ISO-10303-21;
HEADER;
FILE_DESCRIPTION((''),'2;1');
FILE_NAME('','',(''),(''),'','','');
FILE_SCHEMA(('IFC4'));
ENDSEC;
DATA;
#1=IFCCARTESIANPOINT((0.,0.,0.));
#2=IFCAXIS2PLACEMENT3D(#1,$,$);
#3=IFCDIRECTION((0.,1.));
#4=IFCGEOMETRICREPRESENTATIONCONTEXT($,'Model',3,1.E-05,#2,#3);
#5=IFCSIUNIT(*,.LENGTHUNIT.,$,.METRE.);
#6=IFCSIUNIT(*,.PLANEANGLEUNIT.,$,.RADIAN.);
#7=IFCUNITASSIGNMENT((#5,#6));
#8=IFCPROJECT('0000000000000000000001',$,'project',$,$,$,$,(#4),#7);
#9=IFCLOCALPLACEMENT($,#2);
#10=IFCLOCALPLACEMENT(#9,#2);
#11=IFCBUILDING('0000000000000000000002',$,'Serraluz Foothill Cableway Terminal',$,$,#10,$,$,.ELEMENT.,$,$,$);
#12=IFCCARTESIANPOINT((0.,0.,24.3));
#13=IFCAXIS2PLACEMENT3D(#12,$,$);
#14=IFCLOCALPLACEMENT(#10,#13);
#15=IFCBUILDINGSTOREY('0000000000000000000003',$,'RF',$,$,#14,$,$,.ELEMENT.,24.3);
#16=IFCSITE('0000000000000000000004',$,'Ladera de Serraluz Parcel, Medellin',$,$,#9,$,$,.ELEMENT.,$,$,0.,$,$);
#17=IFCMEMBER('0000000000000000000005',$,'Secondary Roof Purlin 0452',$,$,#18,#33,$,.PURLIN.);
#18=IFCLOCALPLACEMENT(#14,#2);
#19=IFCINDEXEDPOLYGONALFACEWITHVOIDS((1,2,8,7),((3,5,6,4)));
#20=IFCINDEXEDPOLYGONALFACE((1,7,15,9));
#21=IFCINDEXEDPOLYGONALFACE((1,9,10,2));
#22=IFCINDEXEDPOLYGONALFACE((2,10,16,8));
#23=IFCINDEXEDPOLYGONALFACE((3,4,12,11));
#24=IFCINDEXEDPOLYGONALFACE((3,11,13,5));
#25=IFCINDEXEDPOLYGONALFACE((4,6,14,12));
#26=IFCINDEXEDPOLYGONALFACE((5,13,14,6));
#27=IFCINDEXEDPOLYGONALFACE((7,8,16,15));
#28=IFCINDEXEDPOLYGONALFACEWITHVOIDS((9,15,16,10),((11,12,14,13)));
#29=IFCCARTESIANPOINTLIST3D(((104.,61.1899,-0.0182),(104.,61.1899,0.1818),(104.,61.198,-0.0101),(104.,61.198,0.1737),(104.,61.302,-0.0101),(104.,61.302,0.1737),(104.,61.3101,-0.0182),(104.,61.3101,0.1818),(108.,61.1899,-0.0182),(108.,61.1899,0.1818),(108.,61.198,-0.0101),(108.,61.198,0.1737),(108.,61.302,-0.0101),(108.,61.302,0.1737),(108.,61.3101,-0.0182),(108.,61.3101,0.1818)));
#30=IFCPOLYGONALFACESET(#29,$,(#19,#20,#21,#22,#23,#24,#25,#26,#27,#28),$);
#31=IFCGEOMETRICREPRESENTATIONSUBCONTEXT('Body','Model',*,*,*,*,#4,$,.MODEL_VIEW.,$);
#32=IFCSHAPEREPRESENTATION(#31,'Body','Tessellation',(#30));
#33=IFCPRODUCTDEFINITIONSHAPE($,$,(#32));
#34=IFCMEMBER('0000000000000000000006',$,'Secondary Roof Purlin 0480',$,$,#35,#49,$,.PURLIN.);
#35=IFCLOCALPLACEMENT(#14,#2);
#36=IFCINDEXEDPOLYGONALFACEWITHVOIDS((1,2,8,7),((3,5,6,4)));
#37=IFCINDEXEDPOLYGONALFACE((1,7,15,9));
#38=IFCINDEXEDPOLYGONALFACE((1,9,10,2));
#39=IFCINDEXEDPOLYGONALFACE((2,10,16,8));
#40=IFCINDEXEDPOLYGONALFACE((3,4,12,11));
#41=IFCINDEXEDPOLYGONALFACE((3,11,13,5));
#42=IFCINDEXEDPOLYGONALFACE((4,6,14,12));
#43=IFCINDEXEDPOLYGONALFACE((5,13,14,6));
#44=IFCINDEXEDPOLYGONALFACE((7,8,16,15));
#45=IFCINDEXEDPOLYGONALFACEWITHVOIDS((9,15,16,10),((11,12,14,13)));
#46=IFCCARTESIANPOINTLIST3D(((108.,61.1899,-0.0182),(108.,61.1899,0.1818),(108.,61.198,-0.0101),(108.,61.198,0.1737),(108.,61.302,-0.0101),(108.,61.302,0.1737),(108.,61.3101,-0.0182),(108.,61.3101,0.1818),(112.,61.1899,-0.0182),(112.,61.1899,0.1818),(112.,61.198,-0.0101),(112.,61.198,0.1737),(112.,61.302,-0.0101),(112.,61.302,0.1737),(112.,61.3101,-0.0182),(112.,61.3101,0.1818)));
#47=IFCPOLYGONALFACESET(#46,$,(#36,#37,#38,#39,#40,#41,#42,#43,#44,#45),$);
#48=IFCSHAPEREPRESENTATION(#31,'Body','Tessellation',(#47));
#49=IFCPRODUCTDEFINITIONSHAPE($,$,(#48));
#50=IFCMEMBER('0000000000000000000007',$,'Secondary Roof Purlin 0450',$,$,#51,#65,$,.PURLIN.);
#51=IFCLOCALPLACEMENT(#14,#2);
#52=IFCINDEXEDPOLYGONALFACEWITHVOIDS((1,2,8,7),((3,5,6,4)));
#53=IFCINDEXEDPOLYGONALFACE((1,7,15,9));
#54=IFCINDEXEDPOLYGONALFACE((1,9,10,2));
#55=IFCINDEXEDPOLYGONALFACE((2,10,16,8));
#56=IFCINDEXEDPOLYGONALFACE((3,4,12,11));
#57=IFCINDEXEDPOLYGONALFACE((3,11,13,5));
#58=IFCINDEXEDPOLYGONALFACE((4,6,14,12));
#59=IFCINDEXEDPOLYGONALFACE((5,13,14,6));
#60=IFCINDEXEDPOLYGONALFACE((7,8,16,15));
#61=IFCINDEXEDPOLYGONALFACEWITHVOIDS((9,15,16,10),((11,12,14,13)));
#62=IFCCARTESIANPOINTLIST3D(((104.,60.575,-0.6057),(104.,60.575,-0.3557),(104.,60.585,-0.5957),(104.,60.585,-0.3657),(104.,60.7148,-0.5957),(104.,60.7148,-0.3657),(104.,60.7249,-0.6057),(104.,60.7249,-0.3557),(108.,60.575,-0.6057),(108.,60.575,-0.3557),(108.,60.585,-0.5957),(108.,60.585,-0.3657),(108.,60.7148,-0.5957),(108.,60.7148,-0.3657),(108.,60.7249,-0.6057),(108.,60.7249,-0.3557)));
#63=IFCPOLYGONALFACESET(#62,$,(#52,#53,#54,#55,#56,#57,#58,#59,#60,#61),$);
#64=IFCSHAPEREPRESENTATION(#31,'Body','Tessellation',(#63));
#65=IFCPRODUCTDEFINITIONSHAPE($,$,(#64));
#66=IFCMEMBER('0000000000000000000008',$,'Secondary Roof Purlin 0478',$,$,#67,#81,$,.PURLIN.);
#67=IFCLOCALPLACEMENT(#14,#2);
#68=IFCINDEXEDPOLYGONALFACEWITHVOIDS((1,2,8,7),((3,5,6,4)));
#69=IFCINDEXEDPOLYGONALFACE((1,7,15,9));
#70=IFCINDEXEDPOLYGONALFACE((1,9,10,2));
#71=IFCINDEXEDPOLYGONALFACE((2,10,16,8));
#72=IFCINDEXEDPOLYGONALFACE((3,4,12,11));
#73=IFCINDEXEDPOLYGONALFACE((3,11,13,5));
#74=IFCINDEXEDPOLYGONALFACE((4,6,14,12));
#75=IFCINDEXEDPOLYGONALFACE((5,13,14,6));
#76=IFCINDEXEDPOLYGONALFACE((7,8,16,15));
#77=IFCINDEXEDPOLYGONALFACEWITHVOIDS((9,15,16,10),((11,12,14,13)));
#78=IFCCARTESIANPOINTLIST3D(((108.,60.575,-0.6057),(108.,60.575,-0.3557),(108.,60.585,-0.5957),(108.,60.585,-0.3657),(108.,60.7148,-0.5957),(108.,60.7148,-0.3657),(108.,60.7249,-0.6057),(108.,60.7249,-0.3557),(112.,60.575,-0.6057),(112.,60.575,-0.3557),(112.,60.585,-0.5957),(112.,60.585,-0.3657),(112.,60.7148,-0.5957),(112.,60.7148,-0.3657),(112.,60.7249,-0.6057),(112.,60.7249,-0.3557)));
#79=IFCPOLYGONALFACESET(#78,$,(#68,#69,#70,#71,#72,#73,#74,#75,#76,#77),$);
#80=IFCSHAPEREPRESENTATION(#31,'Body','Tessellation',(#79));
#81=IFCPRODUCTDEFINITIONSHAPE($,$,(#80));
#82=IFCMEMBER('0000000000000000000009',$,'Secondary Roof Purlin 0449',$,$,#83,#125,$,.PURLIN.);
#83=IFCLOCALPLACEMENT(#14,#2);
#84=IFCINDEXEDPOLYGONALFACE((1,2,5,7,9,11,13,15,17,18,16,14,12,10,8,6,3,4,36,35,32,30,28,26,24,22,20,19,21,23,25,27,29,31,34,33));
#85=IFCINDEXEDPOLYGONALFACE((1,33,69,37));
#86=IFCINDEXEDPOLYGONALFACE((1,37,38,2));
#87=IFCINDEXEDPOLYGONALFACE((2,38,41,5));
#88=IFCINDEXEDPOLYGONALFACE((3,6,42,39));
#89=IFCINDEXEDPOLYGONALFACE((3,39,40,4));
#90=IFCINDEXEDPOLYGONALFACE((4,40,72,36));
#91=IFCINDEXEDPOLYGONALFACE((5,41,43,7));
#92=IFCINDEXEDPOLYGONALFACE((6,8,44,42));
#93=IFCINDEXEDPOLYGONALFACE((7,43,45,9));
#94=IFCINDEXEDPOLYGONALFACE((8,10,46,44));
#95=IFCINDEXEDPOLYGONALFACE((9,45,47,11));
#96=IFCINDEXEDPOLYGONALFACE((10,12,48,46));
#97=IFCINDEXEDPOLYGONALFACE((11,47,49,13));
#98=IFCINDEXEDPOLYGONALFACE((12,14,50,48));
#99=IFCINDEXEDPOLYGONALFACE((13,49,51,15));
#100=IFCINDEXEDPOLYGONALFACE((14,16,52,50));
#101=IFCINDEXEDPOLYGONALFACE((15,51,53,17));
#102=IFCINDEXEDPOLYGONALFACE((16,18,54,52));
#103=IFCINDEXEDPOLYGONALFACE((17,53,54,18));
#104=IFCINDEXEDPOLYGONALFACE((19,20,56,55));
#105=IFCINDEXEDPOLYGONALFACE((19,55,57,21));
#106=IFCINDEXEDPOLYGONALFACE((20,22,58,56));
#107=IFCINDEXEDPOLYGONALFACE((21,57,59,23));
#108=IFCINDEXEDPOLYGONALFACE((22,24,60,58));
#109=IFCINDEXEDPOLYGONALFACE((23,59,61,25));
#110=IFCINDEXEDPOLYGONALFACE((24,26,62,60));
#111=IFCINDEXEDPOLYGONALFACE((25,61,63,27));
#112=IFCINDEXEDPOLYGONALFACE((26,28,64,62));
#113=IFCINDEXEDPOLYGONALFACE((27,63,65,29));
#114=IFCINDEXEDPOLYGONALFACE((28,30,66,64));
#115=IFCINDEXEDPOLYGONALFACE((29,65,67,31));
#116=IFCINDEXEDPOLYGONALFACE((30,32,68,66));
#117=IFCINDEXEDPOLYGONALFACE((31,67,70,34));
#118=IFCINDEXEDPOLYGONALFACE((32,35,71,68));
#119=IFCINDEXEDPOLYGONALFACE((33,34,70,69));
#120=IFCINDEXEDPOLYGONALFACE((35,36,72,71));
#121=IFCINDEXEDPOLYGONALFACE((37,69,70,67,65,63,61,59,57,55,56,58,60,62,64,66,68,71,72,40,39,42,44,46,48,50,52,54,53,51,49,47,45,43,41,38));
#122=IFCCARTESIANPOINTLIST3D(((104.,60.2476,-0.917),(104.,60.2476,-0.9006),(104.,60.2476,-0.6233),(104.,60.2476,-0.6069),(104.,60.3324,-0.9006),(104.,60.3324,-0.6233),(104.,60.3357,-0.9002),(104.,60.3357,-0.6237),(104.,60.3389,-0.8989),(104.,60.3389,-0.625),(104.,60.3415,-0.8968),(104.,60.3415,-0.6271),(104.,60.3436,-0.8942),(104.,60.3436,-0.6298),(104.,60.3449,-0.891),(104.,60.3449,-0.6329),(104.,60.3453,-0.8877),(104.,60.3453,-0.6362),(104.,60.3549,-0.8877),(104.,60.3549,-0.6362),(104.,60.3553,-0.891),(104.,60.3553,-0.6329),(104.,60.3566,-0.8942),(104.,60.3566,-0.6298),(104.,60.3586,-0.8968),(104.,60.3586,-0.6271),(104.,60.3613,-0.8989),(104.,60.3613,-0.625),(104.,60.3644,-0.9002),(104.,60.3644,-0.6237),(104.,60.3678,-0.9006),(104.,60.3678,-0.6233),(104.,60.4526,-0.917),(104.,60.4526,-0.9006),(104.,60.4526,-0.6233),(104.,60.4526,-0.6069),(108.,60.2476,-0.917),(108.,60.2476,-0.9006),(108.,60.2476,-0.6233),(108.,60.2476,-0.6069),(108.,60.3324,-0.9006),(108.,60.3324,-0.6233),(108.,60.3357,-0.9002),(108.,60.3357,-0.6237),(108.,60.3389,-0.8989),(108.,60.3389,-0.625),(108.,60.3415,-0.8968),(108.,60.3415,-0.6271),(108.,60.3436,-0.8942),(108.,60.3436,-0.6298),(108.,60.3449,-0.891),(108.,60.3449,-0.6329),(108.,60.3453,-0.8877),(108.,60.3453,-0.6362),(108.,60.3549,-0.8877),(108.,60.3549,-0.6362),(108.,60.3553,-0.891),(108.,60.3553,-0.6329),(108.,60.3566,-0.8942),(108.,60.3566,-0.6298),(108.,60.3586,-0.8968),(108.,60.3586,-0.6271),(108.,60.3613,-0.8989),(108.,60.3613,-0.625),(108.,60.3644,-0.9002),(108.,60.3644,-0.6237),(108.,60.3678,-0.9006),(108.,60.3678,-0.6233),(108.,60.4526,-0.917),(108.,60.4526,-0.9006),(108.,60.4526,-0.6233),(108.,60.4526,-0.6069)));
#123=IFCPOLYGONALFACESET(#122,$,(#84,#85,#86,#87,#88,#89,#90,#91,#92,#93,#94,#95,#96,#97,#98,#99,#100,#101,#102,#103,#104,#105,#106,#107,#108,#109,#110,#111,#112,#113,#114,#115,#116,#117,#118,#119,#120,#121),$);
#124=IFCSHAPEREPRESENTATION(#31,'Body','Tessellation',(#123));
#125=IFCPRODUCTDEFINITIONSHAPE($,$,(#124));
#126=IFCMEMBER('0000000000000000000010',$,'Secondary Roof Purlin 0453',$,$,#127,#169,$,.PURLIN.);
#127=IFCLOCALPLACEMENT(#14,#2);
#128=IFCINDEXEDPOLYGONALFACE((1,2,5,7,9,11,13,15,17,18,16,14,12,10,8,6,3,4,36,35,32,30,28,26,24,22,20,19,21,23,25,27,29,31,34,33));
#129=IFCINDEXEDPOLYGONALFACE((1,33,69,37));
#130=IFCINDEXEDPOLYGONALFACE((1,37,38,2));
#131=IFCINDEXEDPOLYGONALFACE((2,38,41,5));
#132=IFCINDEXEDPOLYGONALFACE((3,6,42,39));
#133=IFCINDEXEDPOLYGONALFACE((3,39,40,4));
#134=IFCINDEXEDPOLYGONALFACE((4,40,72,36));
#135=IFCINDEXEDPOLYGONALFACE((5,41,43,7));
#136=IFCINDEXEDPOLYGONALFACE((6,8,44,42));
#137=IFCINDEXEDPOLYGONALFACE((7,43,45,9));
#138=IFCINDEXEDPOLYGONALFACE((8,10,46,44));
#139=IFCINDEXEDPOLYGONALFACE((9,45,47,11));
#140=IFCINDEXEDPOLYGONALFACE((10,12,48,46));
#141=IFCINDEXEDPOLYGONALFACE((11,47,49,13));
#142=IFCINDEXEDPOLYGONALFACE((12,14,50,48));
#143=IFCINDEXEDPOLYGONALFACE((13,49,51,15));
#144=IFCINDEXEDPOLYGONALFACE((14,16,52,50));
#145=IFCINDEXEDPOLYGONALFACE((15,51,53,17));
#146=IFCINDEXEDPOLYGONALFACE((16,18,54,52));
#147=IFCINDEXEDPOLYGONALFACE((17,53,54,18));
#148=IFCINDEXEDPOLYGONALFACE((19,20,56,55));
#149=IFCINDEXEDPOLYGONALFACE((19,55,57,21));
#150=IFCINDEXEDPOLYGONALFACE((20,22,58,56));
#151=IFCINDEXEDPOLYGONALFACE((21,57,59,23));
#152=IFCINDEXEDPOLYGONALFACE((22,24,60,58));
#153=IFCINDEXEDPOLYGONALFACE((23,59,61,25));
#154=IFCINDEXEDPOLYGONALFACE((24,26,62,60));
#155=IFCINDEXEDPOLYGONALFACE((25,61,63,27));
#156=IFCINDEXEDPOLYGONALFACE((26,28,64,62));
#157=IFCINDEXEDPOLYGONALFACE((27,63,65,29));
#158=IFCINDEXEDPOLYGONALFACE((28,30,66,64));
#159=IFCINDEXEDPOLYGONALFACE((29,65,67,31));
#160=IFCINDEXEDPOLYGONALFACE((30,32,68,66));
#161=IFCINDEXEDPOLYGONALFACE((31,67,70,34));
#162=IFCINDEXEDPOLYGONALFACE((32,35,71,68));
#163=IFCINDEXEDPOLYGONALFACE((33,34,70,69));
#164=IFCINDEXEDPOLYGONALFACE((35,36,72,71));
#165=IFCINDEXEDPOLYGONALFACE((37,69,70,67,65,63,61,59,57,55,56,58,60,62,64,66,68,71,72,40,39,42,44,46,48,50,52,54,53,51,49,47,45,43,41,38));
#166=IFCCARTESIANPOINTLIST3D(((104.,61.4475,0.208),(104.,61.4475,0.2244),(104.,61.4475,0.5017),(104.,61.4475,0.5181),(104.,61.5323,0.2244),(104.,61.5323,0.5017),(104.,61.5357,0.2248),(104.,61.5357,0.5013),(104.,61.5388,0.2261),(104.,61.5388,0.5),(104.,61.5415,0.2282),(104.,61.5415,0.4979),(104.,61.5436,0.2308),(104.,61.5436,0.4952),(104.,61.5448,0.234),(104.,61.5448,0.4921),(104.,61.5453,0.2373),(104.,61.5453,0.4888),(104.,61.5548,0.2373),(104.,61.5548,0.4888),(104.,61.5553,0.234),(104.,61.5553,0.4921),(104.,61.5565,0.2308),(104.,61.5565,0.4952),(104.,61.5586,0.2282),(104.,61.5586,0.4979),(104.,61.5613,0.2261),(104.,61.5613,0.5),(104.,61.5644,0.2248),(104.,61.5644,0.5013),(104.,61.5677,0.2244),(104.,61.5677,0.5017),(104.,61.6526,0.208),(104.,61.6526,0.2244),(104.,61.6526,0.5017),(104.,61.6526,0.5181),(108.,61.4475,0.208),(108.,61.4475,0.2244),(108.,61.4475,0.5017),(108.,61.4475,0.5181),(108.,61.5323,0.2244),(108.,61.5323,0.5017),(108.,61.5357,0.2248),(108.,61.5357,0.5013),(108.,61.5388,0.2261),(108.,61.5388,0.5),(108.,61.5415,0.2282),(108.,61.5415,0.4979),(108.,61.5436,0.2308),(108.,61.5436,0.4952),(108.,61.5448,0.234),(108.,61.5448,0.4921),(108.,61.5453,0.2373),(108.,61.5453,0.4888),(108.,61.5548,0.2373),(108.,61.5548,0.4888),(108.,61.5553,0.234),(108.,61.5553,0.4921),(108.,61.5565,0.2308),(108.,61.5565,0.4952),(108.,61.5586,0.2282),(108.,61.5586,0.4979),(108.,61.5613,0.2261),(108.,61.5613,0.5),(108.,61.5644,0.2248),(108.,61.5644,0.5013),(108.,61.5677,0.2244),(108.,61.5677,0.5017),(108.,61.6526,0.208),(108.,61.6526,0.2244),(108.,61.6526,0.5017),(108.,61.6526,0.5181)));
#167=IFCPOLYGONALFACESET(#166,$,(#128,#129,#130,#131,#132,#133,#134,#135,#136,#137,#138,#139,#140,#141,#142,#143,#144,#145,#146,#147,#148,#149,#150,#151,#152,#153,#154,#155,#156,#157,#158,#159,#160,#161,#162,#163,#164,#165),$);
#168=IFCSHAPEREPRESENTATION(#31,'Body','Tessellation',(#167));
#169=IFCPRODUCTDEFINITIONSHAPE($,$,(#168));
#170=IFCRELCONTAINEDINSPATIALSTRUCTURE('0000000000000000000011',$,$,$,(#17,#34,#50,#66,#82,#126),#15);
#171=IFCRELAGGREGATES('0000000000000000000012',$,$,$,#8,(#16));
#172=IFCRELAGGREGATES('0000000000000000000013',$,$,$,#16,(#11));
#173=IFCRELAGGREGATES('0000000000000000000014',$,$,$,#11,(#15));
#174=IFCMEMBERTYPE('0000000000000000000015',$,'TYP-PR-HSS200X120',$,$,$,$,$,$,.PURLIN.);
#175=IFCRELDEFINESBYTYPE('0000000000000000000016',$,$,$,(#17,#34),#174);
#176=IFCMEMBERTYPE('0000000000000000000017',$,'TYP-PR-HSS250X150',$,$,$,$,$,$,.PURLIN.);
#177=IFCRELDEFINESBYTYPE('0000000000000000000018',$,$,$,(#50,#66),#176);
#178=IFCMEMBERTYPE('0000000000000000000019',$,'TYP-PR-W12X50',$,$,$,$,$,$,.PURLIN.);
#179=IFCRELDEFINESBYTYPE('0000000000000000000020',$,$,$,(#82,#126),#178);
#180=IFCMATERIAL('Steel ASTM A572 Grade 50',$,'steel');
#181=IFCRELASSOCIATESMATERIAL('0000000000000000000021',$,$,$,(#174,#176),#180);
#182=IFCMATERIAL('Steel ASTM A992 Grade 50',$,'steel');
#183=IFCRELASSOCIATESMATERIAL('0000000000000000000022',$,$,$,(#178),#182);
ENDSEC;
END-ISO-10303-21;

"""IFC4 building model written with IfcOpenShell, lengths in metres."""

from ifc_helpers import new_model, si_unit, direction, frame, origin, origin_2d, place, context, subcontext, project, spatial, hollow_rectangle, i_section, extrude, material, material_profile, profile_set, type_object, element, save


model = new_model("IFC4")

# Units and contexts
model_context = context("Model", 3, precision=1e-05, world=origin(), true_north=direction((0.0, 1.0)))
body_context = subcontext(model_context, "Body", "Model", "MODEL_VIEW")
ifc_project = project(units=[si_unit("LENGTHUNIT", "METRE"), si_unit("PLANEANGLEUNIT", "RADIAN")], contexts=[model_context])

# Site, building, storey
site_placement = place(None, origin())
site = spatial("IfcSite", under=ifc_project, at=site_placement, Name="Ladera de Serraluz Parcel, Medellin", CompositionType="ELEMENT", RefElevation=0.0)
building_placement = place(site_placement, origin())
building = spatial("IfcBuilding", under=site, at=building_placement, Name="Serraluz Foothill Cableway Terminal", CompositionType="ELEMENT")
storey_placement = place(building_placement, frame((0.0, 0.0, 24.3)))
storey = spatial("IfcBuildingStorey", under=building, at=storey_placement, Name="RF", CompositionType="ELEMENT", Elevation=24.3)

# Members
ifc_material_1 = material(Name="Steel ASTM A572 Grade 50", Category="steel")
ifc_material_profile_1 = material_profile(ifc_material_1, hollow_rectangle(XDim=0.1201, YDim=0.2, WallThickness=0.0081, at=origin_2d()), Name="HSS200X120X8")
ifc_profile_set_1 = profile_set([ifc_material_profile_1], Name="Steel ASTM A572 Grade 50")
member_type_1 = type_object("IfcMemberType", Name="TYP-PR-HSS200X120", PredefinedType="PURLIN", material=ifc_profile_set_1)
for number, where, z_axis, x_axis, name in (
    (1, (104.0, 61.25, 0.0818), (1.0, 0.0, 0.0), (0.0, 1.0, 0.0), "Secondary Roof Purlin 0452"),
    (2, (108.0, 61.25, 0.0818), (1.0, 0.0, 0.0), (0.0, 1.0, 0.0), "Secondary Roof Purlin 0480"),
):
    element("IfcMember", number, at=place(storey_placement, frame(where, z_axis=z_axis, x_axis=x_axis)), inside=storey, type_object=member_type_1, Name=name, PredefinedType="PURLIN", context=body_context, shape_type="SweptSolid", body=[
        extrude(hollow_rectangle(XDim=0.1201, YDim=0.2, WallThickness=0.0081, at=origin_2d()), origin(), (0.0, 0.0, 1.0), 4.0),
    ])
ifc_material_profile_2 = material_profile(ifc_material_1, hollow_rectangle(XDim=0.1499, YDim=0.25, WallThickness=0.01, at=origin_2d()), Name="HSS250X150X10")
ifc_profile_set_2 = profile_set([ifc_material_profile_2], Name="Steel ASTM A572 Grade 50")
member_type_2 = type_object("IfcMemberType", Name="TYP-PR-HSS250X150", PredefinedType="PURLIN", material=ifc_profile_set_2)
for number, where, z_axis, x_axis, name in (
    (3, (104.0, 60.6499, -0.4807), (1.0, 0.0, 0.0), (0.0, 1.0, 0.0), "Secondary Roof Purlin 0450"),
    (4, (108.0, 60.6499, -0.4807), (1.0, 0.0, 0.0), (0.0, 1.0, 0.0), "Secondary Roof Purlin 0478"),
):
    element("IfcMember", number, at=place(storey_placement, frame(where, z_axis=z_axis, x_axis=x_axis)), inside=storey, type_object=member_type_2, Name=name, PredefinedType="PURLIN", context=body_context, shape_type="SweptSolid", body=[
        extrude(hollow_rectangle(XDim=0.1499, YDim=0.25, WallThickness=0.01, at=origin_2d()), origin(), (0.0, 0.0, 1.0), 4.0),
    ])
ifc_material_2 = material(Name="Steel ASTM A992 Grade 50", Category="steel")
ifc_material_profile_3 = material_profile(ifc_material_2, i_section(OverallWidth=0.2051, OverallDepth=0.3101, WebThickness=0.0095, FlangeThickness=0.0164, FilletRadius=0.0129, at=origin_2d()), Name="W12X50")
ifc_profile_set_3 = profile_set([ifc_material_profile_3], Name="Steel ASTM A992 Grade 50")
member_type_3 = type_object("IfcMemberType", Name="TYP-PR-W12X50", PredefinedType="PURLIN", material=ifc_profile_set_3)
for number, where, z_axis, x_axis, name in (
    (5, (104.0, 60.3501, -0.762), (1.0, 0.0, 0.0), (0.0, 1.0, 0.0), "Secondary Roof Purlin 0449"),
    (6, (104.0, 61.55, 0.363), (1.0, 0.0, 0.0), (0.0, 1.0, 0.0), "Secondary Roof Purlin 0453"),
):
    element("IfcMember", number, at=place(storey_placement, frame(where, z_axis=z_axis, x_axis=x_axis)), inside=storey, type_object=member_type_3, Name=name, PredefinedType="PURLIN", context=body_context, shape_type="SweptSolid", body=[
        extrude(i_section(OverallWidth=0.2051, OverallDepth=0.3101, WebThickness=0.0095, FlangeThickness=0.0164, FilletRadius=0.0129, at=origin_2d()), origin(), (0.0, 0.0, 1.0), 4.0),
    ])

save(model, "model.ifc")
